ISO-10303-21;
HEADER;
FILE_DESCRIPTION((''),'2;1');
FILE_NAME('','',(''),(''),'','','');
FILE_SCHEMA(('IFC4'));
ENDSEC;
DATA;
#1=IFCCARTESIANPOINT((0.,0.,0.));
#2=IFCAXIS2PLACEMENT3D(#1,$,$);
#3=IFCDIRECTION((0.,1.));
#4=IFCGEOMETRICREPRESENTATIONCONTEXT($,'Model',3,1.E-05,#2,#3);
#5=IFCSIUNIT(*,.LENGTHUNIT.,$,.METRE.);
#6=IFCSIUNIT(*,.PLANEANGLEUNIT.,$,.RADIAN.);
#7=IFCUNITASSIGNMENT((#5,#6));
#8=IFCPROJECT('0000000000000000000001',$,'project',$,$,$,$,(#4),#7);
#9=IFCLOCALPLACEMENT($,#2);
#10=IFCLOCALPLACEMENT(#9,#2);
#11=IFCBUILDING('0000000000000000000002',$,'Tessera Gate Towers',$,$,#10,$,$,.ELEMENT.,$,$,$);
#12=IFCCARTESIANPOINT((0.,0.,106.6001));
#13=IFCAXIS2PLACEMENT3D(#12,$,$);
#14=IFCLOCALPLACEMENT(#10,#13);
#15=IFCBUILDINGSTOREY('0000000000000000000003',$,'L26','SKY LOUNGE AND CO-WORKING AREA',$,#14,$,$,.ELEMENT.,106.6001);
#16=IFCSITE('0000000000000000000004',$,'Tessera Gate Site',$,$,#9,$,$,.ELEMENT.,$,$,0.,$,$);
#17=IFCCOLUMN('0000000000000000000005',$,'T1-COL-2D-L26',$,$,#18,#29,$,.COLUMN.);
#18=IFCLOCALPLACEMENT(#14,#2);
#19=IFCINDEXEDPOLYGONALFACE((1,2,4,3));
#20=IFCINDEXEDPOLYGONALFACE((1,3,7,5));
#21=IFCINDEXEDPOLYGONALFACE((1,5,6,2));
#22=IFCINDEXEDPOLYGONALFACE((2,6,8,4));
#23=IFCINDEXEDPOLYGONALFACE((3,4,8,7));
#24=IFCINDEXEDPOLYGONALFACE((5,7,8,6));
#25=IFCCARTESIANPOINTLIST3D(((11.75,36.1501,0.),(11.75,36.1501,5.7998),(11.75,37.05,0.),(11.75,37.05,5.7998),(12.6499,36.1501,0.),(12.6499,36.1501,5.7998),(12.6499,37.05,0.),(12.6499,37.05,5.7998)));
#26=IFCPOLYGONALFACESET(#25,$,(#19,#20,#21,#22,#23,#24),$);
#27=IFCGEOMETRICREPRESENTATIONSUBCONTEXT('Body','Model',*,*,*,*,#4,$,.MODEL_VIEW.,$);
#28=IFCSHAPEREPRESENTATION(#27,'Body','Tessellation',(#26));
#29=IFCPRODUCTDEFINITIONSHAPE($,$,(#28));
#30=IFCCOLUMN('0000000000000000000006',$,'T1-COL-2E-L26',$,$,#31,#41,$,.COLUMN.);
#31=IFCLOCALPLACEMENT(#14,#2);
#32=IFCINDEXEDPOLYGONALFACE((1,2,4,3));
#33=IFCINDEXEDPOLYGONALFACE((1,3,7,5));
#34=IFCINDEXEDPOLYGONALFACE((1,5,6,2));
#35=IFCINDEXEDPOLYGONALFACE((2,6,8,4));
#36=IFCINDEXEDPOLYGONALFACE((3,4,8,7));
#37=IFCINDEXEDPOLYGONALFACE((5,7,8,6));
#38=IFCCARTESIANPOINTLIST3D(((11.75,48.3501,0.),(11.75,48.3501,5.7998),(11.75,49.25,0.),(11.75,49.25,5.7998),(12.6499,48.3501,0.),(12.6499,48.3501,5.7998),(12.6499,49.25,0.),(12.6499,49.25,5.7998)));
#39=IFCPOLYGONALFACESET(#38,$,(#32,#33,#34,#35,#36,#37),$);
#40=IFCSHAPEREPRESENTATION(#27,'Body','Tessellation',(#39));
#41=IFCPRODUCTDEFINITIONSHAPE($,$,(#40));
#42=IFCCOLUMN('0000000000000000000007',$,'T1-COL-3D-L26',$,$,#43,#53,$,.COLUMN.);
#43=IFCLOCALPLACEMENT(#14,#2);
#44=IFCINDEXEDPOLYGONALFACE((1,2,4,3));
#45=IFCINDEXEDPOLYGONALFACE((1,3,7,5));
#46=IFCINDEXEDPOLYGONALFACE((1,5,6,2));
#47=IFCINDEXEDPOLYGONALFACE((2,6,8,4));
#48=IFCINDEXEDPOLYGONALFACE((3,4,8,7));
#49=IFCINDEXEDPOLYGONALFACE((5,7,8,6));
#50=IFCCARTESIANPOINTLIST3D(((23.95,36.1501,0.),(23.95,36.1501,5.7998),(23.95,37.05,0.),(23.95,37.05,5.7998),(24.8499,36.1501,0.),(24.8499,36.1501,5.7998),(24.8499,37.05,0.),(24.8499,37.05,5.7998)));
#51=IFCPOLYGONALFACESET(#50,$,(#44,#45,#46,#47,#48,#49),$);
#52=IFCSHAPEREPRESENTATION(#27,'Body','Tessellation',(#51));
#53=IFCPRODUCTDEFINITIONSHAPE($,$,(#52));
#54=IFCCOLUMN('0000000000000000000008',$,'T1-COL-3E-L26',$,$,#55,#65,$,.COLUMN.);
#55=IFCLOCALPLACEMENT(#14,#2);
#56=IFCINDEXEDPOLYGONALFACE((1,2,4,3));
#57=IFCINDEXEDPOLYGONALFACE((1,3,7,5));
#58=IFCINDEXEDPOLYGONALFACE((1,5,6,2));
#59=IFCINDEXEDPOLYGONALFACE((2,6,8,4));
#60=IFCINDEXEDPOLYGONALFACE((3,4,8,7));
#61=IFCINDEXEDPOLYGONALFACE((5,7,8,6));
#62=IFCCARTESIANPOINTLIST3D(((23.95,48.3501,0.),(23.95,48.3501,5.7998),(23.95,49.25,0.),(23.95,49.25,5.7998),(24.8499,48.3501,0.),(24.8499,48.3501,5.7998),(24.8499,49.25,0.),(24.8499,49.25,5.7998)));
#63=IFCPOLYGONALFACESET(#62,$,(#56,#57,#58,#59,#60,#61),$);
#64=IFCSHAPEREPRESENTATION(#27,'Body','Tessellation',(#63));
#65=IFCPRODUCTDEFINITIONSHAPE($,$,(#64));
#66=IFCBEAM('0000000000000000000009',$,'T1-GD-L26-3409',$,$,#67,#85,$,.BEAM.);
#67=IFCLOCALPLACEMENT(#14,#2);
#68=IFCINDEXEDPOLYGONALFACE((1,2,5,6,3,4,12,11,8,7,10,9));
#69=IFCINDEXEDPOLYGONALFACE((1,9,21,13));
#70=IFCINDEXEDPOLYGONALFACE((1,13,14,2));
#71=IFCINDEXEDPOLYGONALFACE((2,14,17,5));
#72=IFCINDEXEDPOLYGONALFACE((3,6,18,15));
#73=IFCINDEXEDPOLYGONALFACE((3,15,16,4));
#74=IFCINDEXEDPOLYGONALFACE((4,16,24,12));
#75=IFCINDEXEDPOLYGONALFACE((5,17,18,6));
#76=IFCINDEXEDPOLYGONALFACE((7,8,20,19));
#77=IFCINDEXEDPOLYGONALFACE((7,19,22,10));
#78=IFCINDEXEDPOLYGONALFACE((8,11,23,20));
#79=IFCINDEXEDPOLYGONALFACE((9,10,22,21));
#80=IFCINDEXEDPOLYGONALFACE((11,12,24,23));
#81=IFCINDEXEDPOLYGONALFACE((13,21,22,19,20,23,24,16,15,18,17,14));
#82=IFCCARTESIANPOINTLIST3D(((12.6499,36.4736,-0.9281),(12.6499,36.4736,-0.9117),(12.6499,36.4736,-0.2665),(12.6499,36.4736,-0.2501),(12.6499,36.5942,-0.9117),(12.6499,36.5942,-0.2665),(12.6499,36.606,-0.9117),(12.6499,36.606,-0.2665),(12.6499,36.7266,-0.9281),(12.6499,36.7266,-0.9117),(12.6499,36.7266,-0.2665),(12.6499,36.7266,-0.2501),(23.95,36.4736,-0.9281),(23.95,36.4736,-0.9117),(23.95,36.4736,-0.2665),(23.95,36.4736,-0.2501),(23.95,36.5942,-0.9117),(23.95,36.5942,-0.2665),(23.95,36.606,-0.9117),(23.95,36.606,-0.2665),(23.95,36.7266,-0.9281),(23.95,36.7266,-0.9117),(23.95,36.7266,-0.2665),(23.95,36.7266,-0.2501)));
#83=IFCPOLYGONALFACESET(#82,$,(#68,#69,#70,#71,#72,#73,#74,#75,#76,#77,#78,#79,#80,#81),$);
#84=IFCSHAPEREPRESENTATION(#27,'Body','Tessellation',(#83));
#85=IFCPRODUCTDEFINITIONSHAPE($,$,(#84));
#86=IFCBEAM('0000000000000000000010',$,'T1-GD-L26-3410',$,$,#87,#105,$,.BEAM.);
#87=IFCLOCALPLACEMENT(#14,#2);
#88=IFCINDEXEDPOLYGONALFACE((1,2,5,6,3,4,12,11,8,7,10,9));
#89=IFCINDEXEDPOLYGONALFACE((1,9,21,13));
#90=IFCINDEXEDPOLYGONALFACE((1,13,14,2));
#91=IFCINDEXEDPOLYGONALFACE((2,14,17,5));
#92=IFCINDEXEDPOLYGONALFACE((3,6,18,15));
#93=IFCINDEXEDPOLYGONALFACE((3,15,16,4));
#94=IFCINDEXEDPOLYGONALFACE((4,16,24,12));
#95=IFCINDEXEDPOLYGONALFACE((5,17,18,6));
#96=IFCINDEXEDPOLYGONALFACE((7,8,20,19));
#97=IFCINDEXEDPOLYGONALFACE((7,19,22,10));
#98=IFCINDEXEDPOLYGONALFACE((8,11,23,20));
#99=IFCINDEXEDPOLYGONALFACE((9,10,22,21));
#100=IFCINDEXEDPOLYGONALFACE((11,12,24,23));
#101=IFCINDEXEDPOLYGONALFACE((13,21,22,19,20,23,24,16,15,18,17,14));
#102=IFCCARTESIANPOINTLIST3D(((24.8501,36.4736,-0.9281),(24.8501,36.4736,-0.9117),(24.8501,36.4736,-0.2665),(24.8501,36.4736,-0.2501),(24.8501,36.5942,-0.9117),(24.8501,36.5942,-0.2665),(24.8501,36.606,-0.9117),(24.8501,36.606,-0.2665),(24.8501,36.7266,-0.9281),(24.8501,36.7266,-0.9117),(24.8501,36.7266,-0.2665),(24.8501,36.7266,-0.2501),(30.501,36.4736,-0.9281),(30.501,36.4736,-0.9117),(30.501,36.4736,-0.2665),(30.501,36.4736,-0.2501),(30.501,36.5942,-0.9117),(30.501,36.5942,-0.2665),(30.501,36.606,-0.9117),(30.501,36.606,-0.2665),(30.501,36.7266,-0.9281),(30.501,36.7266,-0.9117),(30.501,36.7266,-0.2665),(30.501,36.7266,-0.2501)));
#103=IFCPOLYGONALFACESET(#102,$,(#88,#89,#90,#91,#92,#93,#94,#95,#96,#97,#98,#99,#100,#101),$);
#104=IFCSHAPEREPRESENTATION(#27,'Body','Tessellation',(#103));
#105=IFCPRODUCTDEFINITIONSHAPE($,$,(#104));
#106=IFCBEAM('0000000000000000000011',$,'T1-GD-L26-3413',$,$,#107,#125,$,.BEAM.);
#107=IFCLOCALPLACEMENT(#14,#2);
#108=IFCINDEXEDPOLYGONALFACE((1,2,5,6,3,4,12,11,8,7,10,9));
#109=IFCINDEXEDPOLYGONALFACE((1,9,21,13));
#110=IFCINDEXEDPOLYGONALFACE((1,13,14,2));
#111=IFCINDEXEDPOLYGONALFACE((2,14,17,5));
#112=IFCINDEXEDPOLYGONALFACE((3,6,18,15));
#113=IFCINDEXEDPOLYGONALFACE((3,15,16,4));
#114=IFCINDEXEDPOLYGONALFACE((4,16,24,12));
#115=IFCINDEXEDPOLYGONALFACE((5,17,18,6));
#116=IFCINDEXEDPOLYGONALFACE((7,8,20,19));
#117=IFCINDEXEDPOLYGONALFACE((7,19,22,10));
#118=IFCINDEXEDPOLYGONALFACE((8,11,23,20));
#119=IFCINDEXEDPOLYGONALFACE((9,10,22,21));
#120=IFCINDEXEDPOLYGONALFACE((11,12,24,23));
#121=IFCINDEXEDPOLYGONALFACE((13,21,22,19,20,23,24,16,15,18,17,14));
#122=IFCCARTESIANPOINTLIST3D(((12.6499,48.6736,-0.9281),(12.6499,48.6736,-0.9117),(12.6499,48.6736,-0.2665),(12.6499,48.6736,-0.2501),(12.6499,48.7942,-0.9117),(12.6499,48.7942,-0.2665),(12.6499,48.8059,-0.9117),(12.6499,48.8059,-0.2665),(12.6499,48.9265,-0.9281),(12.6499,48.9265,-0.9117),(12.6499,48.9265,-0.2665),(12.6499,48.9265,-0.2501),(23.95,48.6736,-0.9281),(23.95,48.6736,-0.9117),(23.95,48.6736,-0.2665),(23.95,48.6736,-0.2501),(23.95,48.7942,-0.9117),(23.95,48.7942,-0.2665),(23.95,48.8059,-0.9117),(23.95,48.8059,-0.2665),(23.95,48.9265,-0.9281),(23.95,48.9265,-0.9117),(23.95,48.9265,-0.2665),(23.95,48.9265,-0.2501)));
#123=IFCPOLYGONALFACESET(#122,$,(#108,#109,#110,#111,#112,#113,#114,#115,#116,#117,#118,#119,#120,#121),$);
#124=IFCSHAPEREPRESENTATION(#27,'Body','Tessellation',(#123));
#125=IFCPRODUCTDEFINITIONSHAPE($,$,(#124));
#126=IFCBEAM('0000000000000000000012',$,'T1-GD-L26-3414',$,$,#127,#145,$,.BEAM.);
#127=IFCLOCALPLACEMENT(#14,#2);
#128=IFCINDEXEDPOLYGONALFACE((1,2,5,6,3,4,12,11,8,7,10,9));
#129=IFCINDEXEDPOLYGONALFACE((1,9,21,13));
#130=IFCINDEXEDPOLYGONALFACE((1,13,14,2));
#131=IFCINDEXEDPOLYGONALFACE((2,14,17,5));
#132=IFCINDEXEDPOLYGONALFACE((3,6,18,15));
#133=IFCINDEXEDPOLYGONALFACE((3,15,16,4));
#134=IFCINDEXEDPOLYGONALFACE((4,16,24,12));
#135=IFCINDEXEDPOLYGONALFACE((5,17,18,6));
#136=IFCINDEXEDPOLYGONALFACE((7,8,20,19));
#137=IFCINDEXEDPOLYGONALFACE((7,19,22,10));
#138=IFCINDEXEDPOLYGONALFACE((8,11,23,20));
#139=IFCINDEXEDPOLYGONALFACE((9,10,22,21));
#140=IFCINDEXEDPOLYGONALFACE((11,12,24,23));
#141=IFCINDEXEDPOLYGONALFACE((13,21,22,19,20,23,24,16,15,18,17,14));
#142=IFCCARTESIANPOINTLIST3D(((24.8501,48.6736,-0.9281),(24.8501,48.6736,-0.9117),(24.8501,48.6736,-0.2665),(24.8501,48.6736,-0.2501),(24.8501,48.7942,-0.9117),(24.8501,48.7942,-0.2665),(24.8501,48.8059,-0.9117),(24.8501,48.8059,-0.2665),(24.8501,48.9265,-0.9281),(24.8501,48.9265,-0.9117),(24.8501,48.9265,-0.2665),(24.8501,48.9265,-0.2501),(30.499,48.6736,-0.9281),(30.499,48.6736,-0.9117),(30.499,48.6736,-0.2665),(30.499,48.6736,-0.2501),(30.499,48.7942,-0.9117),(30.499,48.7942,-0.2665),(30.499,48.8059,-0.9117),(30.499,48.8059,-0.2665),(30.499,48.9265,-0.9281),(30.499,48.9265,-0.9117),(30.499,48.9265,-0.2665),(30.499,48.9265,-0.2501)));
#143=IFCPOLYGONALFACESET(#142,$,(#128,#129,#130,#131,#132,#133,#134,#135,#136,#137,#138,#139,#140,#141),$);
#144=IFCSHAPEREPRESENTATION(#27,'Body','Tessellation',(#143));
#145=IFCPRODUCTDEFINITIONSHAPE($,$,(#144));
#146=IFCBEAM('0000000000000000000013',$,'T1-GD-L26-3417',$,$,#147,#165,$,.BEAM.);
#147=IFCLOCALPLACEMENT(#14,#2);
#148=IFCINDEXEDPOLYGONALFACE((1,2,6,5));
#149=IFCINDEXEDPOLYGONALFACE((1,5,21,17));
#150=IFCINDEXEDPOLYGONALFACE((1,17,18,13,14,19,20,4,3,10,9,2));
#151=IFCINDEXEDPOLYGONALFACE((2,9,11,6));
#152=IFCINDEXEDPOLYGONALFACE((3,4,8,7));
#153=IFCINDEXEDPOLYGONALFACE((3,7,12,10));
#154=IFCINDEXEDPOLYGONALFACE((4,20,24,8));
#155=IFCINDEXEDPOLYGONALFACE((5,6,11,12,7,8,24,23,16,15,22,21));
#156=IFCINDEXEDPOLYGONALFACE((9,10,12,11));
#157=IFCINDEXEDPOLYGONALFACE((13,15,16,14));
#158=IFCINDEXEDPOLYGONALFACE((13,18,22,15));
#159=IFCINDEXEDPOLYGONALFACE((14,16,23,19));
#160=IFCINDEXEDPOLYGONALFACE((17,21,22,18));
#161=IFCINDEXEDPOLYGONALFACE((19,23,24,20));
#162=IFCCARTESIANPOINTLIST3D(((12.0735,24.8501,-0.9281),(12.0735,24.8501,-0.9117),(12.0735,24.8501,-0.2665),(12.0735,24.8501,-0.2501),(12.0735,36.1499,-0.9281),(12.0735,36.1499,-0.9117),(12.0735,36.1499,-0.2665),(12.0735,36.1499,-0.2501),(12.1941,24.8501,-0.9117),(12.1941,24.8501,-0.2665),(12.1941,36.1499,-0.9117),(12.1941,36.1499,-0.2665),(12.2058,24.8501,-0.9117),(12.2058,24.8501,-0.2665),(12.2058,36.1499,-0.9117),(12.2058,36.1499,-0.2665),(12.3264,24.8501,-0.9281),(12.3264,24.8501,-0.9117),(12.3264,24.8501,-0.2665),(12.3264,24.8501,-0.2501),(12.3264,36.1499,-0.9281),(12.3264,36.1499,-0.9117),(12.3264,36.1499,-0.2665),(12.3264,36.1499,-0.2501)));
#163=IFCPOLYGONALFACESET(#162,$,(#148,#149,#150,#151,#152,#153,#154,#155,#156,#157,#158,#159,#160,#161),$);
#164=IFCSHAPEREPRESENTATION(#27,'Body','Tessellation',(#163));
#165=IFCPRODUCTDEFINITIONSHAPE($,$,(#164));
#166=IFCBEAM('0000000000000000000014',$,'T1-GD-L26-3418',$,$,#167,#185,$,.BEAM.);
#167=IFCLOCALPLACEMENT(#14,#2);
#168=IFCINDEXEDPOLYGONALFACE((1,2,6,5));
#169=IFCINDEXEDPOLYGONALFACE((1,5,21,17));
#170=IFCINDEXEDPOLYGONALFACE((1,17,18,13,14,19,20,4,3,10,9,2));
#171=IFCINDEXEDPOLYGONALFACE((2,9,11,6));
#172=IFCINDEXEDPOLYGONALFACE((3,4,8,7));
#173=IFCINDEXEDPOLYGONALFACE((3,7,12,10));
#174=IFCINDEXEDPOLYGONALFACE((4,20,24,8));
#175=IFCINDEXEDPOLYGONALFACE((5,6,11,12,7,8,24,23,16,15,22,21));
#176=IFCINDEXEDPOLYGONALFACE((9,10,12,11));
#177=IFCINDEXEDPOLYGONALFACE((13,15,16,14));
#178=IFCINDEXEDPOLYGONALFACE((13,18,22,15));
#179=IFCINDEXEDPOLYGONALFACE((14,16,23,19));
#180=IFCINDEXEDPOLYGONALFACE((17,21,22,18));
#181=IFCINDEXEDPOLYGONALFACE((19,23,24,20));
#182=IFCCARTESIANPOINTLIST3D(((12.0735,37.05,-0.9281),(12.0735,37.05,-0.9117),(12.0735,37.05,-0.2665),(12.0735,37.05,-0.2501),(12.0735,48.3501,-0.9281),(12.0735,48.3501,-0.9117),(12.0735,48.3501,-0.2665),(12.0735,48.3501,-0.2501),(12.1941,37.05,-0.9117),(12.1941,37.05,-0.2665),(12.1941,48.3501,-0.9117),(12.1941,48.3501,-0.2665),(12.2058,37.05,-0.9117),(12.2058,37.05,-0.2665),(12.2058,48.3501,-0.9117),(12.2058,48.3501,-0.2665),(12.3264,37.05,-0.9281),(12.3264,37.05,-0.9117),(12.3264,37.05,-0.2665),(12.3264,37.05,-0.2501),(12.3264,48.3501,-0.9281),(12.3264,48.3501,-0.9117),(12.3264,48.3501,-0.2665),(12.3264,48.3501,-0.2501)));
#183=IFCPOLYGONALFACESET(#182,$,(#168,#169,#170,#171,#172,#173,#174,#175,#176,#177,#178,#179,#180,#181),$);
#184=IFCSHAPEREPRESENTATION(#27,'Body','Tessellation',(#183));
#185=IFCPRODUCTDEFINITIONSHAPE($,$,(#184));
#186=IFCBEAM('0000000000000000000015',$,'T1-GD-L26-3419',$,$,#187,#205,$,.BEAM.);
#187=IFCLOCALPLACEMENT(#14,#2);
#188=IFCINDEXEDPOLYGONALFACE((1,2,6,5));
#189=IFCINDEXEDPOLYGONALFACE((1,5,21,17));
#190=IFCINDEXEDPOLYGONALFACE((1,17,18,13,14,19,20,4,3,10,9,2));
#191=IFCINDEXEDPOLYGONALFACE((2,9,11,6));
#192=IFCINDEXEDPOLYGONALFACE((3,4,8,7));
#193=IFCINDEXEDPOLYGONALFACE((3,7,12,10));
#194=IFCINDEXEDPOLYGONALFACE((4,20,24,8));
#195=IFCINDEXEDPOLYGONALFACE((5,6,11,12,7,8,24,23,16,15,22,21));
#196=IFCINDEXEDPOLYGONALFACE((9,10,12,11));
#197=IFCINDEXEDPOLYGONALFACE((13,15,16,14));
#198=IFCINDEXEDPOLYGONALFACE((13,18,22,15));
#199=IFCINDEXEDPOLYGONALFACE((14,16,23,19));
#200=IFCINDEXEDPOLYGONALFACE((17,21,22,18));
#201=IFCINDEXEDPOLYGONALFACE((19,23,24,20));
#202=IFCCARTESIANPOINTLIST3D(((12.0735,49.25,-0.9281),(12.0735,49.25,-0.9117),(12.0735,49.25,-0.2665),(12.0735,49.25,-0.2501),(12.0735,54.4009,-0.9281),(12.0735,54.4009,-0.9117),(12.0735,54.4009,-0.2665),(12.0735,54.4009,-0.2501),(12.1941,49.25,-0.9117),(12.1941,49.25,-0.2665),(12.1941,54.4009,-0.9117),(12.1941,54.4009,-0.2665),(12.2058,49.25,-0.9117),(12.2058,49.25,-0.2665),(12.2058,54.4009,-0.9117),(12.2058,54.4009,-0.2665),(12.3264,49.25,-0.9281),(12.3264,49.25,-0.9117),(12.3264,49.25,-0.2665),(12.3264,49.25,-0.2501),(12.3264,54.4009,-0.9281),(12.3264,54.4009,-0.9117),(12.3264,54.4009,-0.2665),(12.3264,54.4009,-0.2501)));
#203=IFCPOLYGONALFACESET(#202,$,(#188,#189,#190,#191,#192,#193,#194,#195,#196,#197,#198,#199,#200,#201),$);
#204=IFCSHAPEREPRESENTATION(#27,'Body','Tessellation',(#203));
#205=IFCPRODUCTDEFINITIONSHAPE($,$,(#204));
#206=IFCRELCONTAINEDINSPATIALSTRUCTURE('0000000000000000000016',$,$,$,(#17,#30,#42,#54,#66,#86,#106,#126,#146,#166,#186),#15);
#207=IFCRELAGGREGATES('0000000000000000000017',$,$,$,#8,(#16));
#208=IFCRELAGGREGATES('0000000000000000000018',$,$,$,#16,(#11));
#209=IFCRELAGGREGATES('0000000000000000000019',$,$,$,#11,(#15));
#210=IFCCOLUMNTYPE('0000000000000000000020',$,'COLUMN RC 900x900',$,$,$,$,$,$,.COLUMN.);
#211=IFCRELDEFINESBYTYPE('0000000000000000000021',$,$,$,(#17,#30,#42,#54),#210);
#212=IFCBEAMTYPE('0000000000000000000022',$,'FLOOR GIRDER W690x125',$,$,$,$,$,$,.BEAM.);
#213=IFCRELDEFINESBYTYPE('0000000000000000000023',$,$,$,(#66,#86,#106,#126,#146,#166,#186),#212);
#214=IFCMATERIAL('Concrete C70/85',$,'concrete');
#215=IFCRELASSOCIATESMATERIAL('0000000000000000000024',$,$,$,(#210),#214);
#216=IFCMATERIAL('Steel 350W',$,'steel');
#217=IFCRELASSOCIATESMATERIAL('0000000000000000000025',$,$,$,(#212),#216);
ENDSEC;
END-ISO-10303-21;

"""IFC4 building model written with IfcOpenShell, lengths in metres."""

from ifc_helpers import new_model, si_unit, direction, frame, origin, origin_2d, place, context, subcontext, project, spatial, rectangle, i_section, extrude, material, material_profile, profile_set, type_object, element, save


model = new_model("IFC4")

# Units and contexts
model_context = context("Model", 3, precision=1e-05, world=origin(), true_north=direction((0.0, 1.0)))
body_context = subcontext(model_context, "Body", "Model", "MODEL_VIEW")
ifc_project = project(units=[si_unit("LENGTHUNIT", "METRE"), si_unit("PLANEANGLEUNIT", "RADIAN")], contexts=[model_context])

# Site, building, storey
site_placement = place(None, origin())
site = spatial("IfcSite", under=ifc_project, at=site_placement, Name="Tessera Gate Site", CompositionType="ELEMENT", RefElevation=0.0)
building_placement = place(site_placement, origin())
building = spatial("IfcBuilding", under=site, at=building_placement, Name="Tessera Gate Towers", CompositionType="ELEMENT")
storey_placement = place(building_placement, frame((0.0, 0.0, 106.6001)))
storey = spatial("IfcBuildingStorey", under=building, at=storey_placement, Name="L26", Description="SKY LOUNGE AND CO-WORKING AREA", CompositionType="ELEMENT", Elevation=106.6001)

# Columns
ifc_material_1 = material(Name="Concrete C70/85", Category="concrete")
ifc_material_profile_1 = material_profile(ifc_material_1, rectangle(XDim=0.8999, YDim=0.8999, at=origin_2d()), Name="RC 900x900")
ifc_profile_set_1 = profile_set([ifc_material_profile_1], Name="Concrete C70/85")
column_type = type_object("IfcColumnType", Name="COLUMN RC 900x900", PredefinedType="COLUMN", material=ifc_profile_set_1)
for number, where, z_axis, x_axis, name in (
    (1, (12.2, 36.6001, 0.0), (0.0, 0.0, 1.0), (1.0, 0.0, 0.0), "T1-COL-2D-L26"),
    (2, (12.2, 48.8, 0.0), (0.0, 0.0, 1.0), (1.0, 0.0, 0.0), "T1-COL-2E-L26"),
    (3, (24.3999, 36.6001, 0.0), (0.0, 0.0, 1.0), (1.0, 0.0, 0.0), "T1-COL-3D-L26"),
    (4, (24.3999, 48.8, 0.0), (0.0, 0.0, 1.0), (1.0, 0.0, 0.0), "T1-COL-3E-L26"),
):
    element("IfcColumn", number, at=place(storey_placement, frame(where, z_axis=z_axis, x_axis=x_axis)), inside=storey, type_object=column_type, Name=name, PredefinedType="COLUMN", context=body_context, shape_type="SweptSolid", body=[
        extrude(rectangle(XDim=0.8999, YDim=0.8999, at=origin_2d()), origin(), (0.0, 0.0, 1.0), 5.7998),
    ])

# Beams
ifc_material_2 = material(Name="Steel 350W", Category="steel")
ifc_material_profile_2 = material_profile(ifc_material_2, i_section(OverallWidth=0.2529, OverallDepth=0.678, WebThickness=0.0117, FlangeThickness=0.0164, at=origin_2d()), Name="W690x125")
ifc_profile_set_2 = profile_set([ifc_material_profile_2], Name="Steel 350W")
beam_type_1 = type_object("IfcBeamType", Name="FLOOR GIRDER W690x125", PredefinedType="BEAM", material=ifc_profile_set_2)
beam_1_placement = place(storey_placement, frame((12.6499, 36.6001, -0.5891), z_axis=(1.0, 0.0, 0.0), x_axis=(0.0, 1.0, 0.0)))
element("IfcBeam", 5, at=beam_1_placement, inside=storey, type_object=beam_type_1, Name="T1-GD-L26-3409", PredefinedType="BEAM", context=body_context, shape_type="SweptSolid", body=[
    extrude(i_section(OverallWidth=0.2529, OverallDepth=0.678, WebThickness=0.0117, FlangeThickness=0.0164, at=origin_2d()), origin(), (0.0, 0.0, 1.0), 11.3),
])
beam_2_placement = place(storey_placement, frame((24.8501, 36.6001, -0.5891), z_axis=(1.0, 0.0, 0.0), x_axis=(0.0, 1.0, 0.0)))
element("IfcBeam", 6, at=beam_2_placement, inside=storey, type_object=beam_type_1, Name="T1-GD-L26-3410", PredefinedType="BEAM", context=body_context, shape_type="SweptSolid", body=[
    extrude(i_section(OverallWidth=0.2529, OverallDepth=0.678, WebThickness=0.0117, FlangeThickness=0.0164, at=origin_2d()), origin(), (0.0, 0.0, 1.0), 5.6509),
])
beam_3_placement = place(storey_placement, frame((12.6499, 48.8, -0.5891), z_axis=(1.0, 0.0, 0.0), x_axis=(0.0, 1.0, 0.0)))
element("IfcBeam", 7, at=beam_3_placement, inside=storey, type_object=beam_type_1, Name="T1-GD-L26-3413", PredefinedType="BEAM", context=body_context, shape_type="SweptSolid", body=[
    extrude(i_section(OverallWidth=0.2529, OverallDepth=0.678, WebThickness=0.0117, FlangeThickness=0.0164, at=origin_2d()), origin(), (0.0, 0.0, 1.0), 11.3),
])
beam_4_placement = place(storey_placement, frame((24.8501, 48.8, -0.5891), z_axis=(1.0, 0.0, 0.0), x_axis=(0.0, 1.0, 0.0)))
element("IfcBeam", 8, at=beam_4_placement, inside=storey, type_object=beam_type_1, Name="T1-GD-L26-3414", PredefinedType="BEAM", context=body_context, shape_type="SweptSolid", body=[
    extrude(i_section(OverallWidth=0.2529, OverallDepth=0.678, WebThickness=0.0117, FlangeThickness=0.0164, at=origin_2d()), origin(), (0.0, 0.0, 1.0), 5.6489),
])
beam_5_placement = place(storey_placement, frame((12.2, 24.8501, -0.5891), z_axis=(0.0, 1.0, 0.0), x_axis=(-1.0, 0.0, 0.0)))
element("IfcBeam", 9, at=beam_5_placement, inside=storey, type_object=beam_type_1, Name="T1-GD-L26-3417", PredefinedType="BEAM", context=body_context, shape_type="SweptSolid", body=[
    extrude(i_section(OverallWidth=0.2529, OverallDepth=0.678, WebThickness=0.0117, FlangeThickness=0.0164, at=origin_2d()), origin(), (0.0, 0.0, 1.0), 11.2998),
])
beam_6_placement = place(storey_placement, frame((12.2, 37.05, -0.5891), z_axis=(0.0, 1.0, 0.0), x_axis=(-1.0, 0.0, 0.0)))
element("IfcBeam", 10, at=beam_6_placement, inside=storey, type_object=beam_type_1, Name="T1-GD-L26-3418", PredefinedType="BEAM", context=body_context, shape_type="SweptSolid", body=[
    extrude(i_section(OverallWidth=0.2529, OverallDepth=0.678, WebThickness=0.0117, FlangeThickness=0.0164, at=origin_2d()), origin(), (0.0, 0.0, 1.0), 11.3),
])
beam_7_placement = place(storey_placement, frame((12.2, 49.25, -0.5891), z_axis=(0.0, 1.0, 0.0), x_axis=(-1.0, 0.0, 0.0)))
element("IfcBeam", 11, at=beam_7_placement, inside=storey, type_object=beam_type_1, Name="T1-GD-L26-3419", PredefinedType="BEAM", context=body_context, shape_type="SweptSolid", body=[
    extrude(i_section(OverallWidth=0.2529, OverallDepth=0.678, WebThickness=0.0117, FlangeThickness=0.0164, at=origin_2d()), origin(), (0.0, 0.0, 1.0), 5.1509),
])

save(model, "model.ifc")
